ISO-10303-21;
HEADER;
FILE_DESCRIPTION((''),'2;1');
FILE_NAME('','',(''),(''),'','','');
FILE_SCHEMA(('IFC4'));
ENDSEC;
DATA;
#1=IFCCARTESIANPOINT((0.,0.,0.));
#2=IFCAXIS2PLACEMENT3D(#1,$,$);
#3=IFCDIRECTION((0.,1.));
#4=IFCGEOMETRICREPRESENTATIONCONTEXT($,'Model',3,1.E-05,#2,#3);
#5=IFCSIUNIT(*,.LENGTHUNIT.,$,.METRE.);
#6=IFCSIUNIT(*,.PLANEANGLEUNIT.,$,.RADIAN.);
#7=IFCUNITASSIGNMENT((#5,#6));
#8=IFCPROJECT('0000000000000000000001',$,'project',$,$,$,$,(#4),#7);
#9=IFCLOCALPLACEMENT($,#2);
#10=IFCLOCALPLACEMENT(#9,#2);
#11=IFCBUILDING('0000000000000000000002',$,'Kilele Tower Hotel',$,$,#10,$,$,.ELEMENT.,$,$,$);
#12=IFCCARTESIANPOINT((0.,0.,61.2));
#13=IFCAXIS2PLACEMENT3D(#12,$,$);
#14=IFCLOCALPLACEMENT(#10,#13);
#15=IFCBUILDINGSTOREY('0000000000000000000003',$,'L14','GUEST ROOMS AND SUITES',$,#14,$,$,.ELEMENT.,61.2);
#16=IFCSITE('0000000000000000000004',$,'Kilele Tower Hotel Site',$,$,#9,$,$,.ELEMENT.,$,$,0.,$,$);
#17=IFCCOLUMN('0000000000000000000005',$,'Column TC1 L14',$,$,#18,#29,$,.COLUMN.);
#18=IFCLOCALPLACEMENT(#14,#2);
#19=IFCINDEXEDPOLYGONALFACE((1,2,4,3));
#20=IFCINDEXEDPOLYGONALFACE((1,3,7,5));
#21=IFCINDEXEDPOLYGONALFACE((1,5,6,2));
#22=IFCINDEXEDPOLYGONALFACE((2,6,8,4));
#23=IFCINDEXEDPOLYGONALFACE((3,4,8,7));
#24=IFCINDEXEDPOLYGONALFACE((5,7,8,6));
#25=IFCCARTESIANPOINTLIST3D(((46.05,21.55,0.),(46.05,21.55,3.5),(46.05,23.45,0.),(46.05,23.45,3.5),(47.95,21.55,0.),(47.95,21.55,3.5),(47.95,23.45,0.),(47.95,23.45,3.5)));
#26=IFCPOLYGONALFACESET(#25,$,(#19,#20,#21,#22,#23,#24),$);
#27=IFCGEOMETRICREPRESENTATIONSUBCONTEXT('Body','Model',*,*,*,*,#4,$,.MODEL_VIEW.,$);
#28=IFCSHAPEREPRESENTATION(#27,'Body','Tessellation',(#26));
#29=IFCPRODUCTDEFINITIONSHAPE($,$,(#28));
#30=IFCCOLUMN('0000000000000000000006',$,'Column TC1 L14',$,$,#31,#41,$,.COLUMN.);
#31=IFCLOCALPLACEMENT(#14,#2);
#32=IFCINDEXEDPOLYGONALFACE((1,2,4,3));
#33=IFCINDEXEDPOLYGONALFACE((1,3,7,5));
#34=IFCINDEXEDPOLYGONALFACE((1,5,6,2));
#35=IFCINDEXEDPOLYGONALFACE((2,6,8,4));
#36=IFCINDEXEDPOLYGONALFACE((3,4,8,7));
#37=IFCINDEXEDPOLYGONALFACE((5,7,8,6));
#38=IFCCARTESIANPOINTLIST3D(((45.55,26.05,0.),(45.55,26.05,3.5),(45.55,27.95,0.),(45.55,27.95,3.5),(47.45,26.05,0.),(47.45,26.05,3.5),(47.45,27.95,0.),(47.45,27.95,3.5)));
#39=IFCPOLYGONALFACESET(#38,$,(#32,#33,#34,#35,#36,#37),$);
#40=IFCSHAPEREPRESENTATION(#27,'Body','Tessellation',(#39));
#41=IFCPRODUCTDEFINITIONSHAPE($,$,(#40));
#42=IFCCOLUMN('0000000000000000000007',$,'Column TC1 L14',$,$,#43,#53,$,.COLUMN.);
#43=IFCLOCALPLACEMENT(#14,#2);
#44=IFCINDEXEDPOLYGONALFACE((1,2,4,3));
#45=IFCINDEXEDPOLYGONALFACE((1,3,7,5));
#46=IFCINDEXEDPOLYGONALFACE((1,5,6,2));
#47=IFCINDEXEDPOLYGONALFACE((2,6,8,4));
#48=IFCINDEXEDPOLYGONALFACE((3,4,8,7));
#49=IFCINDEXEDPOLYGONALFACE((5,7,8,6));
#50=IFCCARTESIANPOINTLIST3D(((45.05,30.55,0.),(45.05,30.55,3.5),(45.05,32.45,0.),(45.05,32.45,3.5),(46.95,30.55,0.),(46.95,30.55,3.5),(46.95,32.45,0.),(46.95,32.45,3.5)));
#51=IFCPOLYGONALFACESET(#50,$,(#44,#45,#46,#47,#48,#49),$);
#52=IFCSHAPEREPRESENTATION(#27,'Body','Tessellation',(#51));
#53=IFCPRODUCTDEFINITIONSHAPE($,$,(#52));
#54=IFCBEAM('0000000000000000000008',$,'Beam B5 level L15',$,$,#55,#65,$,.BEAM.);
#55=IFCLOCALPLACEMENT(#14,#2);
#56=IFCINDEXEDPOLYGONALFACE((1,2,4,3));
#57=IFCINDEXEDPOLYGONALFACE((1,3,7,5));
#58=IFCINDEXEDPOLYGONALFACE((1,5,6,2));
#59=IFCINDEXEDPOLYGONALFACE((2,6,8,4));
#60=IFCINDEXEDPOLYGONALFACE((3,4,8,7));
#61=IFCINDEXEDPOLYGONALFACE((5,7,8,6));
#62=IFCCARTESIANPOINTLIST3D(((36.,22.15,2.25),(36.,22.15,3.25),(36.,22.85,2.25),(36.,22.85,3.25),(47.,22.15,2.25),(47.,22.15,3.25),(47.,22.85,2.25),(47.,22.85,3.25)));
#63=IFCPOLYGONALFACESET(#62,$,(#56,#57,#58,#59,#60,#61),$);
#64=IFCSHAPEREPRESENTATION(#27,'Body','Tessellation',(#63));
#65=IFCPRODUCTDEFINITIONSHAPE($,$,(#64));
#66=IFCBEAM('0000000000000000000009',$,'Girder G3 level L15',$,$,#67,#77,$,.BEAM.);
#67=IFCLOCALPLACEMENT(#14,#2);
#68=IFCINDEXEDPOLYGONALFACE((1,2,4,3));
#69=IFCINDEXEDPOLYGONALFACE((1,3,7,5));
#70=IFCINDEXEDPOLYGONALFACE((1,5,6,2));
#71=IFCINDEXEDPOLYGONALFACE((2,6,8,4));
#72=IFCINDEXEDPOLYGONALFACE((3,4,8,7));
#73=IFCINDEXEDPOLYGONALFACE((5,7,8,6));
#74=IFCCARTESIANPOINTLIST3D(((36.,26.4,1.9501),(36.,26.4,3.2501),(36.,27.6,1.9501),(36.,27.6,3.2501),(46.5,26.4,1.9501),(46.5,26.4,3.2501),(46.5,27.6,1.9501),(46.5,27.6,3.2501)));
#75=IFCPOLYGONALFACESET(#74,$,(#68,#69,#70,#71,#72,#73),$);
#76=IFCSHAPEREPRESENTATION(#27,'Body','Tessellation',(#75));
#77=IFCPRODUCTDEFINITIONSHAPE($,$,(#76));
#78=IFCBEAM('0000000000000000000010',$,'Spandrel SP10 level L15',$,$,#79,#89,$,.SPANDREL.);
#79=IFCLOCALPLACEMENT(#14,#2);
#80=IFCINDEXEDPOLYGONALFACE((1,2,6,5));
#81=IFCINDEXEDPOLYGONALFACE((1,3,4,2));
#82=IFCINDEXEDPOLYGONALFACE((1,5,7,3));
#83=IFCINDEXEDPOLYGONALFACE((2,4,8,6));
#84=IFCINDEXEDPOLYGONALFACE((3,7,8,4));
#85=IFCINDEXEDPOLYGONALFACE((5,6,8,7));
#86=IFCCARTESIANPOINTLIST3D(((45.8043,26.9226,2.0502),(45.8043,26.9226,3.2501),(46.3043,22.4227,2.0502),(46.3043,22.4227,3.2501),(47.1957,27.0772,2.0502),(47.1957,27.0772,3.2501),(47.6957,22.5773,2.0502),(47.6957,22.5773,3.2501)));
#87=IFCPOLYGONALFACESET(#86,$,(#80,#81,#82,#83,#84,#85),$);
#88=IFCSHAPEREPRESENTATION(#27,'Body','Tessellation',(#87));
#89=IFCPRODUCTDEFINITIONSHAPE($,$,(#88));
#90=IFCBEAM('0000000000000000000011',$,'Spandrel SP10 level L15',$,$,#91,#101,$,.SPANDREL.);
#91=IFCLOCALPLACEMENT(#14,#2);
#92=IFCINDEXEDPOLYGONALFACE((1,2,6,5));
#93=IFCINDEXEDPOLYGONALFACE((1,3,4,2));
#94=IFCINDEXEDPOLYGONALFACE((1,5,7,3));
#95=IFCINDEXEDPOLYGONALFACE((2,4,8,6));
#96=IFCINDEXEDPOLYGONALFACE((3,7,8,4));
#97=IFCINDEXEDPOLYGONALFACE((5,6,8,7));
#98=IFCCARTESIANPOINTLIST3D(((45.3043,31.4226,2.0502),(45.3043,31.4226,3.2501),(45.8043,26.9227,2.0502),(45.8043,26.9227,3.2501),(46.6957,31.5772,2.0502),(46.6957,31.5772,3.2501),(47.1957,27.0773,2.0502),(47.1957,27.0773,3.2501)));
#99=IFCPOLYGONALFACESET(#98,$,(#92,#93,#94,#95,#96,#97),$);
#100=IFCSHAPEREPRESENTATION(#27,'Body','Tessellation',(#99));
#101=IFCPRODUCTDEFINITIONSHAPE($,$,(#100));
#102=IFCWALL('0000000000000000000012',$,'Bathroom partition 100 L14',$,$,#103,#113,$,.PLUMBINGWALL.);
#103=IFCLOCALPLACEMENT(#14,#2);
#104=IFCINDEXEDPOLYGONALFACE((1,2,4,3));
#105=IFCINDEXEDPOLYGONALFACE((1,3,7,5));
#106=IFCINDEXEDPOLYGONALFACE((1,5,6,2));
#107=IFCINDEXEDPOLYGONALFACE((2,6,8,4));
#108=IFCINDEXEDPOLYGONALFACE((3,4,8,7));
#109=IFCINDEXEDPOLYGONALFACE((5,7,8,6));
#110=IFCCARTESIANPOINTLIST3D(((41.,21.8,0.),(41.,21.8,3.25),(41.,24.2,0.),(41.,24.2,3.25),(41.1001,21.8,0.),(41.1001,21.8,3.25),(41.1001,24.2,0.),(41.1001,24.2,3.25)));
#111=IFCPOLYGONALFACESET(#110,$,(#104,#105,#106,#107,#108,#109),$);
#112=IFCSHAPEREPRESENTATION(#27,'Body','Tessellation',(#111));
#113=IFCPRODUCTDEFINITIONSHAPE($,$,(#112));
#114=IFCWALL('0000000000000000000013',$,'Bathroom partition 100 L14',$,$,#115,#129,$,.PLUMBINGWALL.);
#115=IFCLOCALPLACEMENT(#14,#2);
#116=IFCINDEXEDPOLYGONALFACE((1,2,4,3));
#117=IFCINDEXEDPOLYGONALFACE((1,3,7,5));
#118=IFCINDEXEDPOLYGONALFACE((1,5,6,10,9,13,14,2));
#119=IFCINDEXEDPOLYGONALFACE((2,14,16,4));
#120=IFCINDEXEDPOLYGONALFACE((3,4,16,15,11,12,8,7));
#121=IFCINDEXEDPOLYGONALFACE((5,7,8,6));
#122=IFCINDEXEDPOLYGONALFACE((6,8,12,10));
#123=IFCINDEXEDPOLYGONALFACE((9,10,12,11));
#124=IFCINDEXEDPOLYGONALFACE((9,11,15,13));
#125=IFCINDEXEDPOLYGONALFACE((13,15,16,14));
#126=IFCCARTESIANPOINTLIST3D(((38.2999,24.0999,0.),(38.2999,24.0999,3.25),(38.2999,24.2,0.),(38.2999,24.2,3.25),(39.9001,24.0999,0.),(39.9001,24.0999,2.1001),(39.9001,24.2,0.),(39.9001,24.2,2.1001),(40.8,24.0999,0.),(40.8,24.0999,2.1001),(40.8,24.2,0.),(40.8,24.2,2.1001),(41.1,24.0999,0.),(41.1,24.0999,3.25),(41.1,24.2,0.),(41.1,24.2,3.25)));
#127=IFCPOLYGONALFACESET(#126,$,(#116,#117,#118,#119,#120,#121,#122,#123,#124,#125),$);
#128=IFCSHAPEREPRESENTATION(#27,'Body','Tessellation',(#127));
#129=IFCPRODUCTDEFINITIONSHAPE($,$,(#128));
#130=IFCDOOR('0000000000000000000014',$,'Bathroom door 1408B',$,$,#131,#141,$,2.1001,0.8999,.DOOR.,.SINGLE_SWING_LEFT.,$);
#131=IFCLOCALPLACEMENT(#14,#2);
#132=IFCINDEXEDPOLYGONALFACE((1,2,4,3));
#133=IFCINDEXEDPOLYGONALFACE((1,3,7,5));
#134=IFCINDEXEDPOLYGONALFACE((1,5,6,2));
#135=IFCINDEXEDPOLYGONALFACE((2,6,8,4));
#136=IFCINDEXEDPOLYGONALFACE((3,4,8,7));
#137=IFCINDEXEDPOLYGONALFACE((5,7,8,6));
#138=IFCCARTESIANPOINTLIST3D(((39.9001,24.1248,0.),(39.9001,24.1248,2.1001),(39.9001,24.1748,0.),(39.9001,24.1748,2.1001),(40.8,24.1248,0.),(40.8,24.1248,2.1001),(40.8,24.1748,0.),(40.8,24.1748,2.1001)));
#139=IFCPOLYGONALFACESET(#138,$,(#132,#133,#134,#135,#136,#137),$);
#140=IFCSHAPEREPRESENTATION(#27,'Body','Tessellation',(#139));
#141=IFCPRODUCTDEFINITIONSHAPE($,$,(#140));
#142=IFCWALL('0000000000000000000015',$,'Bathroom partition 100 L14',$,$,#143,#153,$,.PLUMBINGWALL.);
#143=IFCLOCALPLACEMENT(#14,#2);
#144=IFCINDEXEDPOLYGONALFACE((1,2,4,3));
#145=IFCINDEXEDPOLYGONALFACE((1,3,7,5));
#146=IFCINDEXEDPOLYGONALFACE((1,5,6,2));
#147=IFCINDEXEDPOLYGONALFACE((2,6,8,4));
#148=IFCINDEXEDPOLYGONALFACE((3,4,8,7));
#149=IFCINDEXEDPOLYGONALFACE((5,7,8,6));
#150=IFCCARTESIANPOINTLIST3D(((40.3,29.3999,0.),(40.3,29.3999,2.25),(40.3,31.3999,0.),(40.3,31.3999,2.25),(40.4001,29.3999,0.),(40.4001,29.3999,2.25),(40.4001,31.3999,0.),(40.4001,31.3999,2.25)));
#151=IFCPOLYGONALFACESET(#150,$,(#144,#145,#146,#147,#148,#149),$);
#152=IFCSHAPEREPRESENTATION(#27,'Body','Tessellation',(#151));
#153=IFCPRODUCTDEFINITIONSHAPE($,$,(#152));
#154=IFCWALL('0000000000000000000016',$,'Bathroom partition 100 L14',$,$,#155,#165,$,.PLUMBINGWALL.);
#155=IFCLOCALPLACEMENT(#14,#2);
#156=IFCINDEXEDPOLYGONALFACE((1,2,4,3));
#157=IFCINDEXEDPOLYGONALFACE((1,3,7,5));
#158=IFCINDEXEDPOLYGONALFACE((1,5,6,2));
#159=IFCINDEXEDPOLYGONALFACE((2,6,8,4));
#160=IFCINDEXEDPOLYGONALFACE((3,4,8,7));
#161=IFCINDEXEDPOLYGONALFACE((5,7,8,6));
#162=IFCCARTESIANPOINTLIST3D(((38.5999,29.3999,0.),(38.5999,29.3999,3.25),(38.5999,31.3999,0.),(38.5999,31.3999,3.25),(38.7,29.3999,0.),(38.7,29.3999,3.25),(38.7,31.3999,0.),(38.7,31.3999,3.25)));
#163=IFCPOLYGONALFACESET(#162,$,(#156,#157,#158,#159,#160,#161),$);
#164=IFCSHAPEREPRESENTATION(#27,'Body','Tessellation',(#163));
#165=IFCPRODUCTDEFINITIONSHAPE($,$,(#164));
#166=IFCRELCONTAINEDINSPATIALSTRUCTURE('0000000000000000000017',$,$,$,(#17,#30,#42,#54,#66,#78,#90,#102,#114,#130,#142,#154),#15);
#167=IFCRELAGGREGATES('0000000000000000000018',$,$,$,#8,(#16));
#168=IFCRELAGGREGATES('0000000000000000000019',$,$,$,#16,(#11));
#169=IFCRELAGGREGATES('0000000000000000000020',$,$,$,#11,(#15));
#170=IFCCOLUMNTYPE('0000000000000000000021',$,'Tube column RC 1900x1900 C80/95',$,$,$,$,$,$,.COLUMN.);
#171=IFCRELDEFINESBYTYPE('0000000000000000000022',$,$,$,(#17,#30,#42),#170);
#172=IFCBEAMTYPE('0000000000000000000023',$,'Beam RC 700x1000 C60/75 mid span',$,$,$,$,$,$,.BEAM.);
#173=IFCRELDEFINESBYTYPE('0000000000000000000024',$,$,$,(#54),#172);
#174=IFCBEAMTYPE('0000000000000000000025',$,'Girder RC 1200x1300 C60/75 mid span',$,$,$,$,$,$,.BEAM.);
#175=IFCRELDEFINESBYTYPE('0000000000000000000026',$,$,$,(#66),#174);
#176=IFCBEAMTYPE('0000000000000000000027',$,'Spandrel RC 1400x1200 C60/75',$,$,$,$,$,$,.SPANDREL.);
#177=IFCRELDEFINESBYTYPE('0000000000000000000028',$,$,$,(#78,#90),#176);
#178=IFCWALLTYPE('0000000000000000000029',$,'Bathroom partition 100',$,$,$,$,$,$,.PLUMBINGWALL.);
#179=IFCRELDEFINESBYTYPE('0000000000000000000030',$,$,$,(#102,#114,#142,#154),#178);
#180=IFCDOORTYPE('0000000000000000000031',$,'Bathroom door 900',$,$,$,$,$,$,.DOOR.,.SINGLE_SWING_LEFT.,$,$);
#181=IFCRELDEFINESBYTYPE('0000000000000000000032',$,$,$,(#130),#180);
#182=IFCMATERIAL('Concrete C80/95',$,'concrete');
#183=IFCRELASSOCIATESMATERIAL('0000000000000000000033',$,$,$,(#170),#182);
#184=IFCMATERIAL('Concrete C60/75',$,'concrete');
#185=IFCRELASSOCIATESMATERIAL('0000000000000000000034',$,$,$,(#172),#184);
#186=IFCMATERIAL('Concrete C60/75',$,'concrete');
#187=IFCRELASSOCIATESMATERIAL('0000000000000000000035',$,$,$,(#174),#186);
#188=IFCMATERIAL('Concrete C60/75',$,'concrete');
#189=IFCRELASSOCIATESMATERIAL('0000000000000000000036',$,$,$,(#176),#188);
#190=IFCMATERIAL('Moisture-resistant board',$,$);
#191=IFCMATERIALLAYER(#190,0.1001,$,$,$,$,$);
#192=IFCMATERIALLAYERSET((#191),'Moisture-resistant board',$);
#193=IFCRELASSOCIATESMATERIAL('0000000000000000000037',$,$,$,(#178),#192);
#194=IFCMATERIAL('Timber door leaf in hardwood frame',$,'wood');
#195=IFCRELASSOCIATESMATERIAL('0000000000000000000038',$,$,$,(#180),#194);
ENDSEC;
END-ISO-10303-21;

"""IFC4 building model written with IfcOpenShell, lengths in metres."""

from ifc_helpers import new_model, si_unit, direction, frame, frame_2d, origin, origin_2d, place, context, subcontext, project, spatial, rectangle, extrude, material, layer, layer_set, material_profile, profile_set, type_object, element, fill, save


model = new_model("IFC4")

# Units and contexts
model_context = context("Model", 3, precision=1e-05, world=origin(), true_north=direction((0.0, 1.0)))
body_context = subcontext(model_context, "Body", "Model", "MODEL_VIEW")
ifc_project = project(units=[si_unit("LENGTHUNIT", "METRE"), si_unit("PLANEANGLEUNIT", "RADIAN")], contexts=[model_context])

# Site, building, storey
site_placement = place(None, origin())
site = spatial("IfcSite", under=ifc_project, at=site_placement, Name="Kilele Tower Hotel Site", CompositionType="ELEMENT", RefElevation=0.0)
building_placement = place(site_placement, origin())
building = spatial("IfcBuilding", under=site, at=building_placement, Name="Kilele Tower Hotel", CompositionType="ELEMENT")
storey_placement = place(building_placement, frame((0.0, 0.0, 61.2)))
storey = spatial("IfcBuildingStorey", under=building, at=storey_placement, Name="L14", Description="GUEST ROOMS AND SUITES", CompositionType="ELEMENT", Elevation=61.2)

# Columns
ifc_material_1 = material(Name="Concrete C80/95", Category="concrete")
ifc_material_profile_1 = material_profile(ifc_material_1, rectangle(XDim=1.8999, YDim=1.8999, at=origin_2d()))
ifc_profile_set_1 = profile_set([ifc_material_profile_1], Name="Concrete C80/95")
column_type = type_object("IfcColumnType", Name="Tube column RC 1900x1900 C80/95", PredefinedType="COLUMN", material=ifc_profile_set_1)
for number, where, z_axis, x_axis, name in (
    (1, (47.0, 22.5, 0.0), (0.0, 0.0, 1.0), (1.0, 0.0, 0.0), "Column TC1 L14"),
    (2, (46.5, 27.0, 0.0), (0.0, 0.0, 1.0), (1.0, 0.0, 0.0), "Column TC1 L14"),
    (3, (46.0, 31.5, 0.0), (0.0, 0.0, 1.0), (1.0, 0.0, 0.0), "Column TC1 L14"),
):
    element("IfcColumn", number, at=place(storey_placement, frame(where, z_axis=z_axis, x_axis=x_axis)), inside=storey, type_object=column_type, Name=name, PredefinedType="COLUMN", context=body_context, shape_type="SweptSolid", body=[
        extrude(rectangle(XDim=1.8999, YDim=1.8999, at=origin_2d()), origin(), (0.0, 0.0, 1.0), 3.5),
    ])

# Beams
ifc_material_2 = material(Name="Concrete C60/75", Category="concrete")
ifc_material_profile_2 = material_profile(ifc_material_2, rectangle(XDim=0.7, YDim=1.0, at=origin_2d()))
ifc_profile_set_2 = profile_set([ifc_material_profile_2], Name="Concrete C60/75")
beam_type_1 = type_object("IfcBeamType", Name="Beam RC 700x1000 C60/75 mid span", PredefinedType="BEAM", material=ifc_profile_set_2)
beam_1_placement = place(storey_placement, frame((47.0, 22.5, 2.75), z_axis=(-1.0, 0.0, 0.0), x_axis=(0.0, -1.0, 0.0)))
element("IfcBeam", 4, at=beam_1_placement, inside=storey, type_object=beam_type_1, Name="Beam B5 level L15", PredefinedType="BEAM", context=body_context, shape_type="SweptSolid", body=[
    extrude(rectangle(XDim=0.7, YDim=1.0, at=origin_2d()), origin(), (0.0, 0.0, 1.0), 11.0),
])
ifc_material_3 = material(Name="Concrete C60/75", Category="concrete")
ifc_material_profile_3 = material_profile(ifc_material_3, rectangle(XDim=1.2, YDim=1.3, at=origin_2d()))
ifc_profile_set_3 = profile_set([ifc_material_profile_3], Name="Concrete C60/75")
beam_type_2 = type_object("IfcBeamType", Name="Girder RC 1200x1300 C60/75 mid span", PredefinedType="BEAM", material=ifc_profile_set_3)
beam_2_placement = place(storey_placement, frame((46.5, 27.0, 2.6001), z_axis=(-1.0, 0.0, 0.0), x_axis=(0.0, -1.0, 0.0)))
element("IfcBeam", 5, at=beam_2_placement, inside=storey, type_object=beam_type_2, Name="Girder G3 level L15", PredefinedType="BEAM", context=body_context, shape_type="SweptSolid", body=[
    extrude(rectangle(XDim=1.2, YDim=1.3, at=origin_2d()), origin(), (0.0, 0.0, 1.0), 10.5),
])
ifc_material_4 = material(Name="Concrete C60/75", Category="concrete")
ifc_material_profile_4 = material_profile(ifc_material_4, rectangle(XDim=1.3999, YDim=1.2, at=origin_2d()))
ifc_profile_set_4 = profile_set([ifc_material_profile_4], Name="Concrete C60/75")
beam_type_3 = type_object("IfcBeamType", Name="Spandrel RC 1400x1200 C60/75", PredefinedType="SPANDREL", material=ifc_profile_set_4)
for number, where, z_axis, x_axis, name in (
    (6, (47.0, 22.5, 2.6501), (-0.110432, 0.993884, 0.0), (-0.993884, -0.110432, 0.0), "Spandrel SP10 level L15"),
    (7, (46.5, 27.0, 2.6501), (-0.110432, 0.993884, 0.0), (-0.993884, -0.110432, 0.0), "Spandrel SP10 level L15"),
):
    element("IfcBeam", number, at=place(storey_placement, frame(where, z_axis=z_axis, x_axis=x_axis)), inside=storey, type_object=beam_type_3, Name=name, PredefinedType="SPANDREL", context=body_context, shape_type="SweptSolid", body=[
        extrude(rectangle(XDim=1.3999, YDim=1.2, at=origin_2d()), origin(), (0.0, 0.0, 1.0), 4.5276),
    ])

# Wall
ifc_material_5 = material(Name="Moisture-resistant board")
ifc_layer_1 = layer(ifc_material_5, 0.1001)
ifc_layer_set_1 = layer_set([ifc_layer_1], Name="Moisture-resistant board")
wall_type_1 = type_object("IfcWallType", Name="Bathroom partition 100", PredefinedType="PLUMBINGWALL", material=ifc_layer_set_1)
wall_1_placement = place(storey_placement, frame((41.05, 21.8, 0.0), z_axis=(0.0, 0.0, 1.0), x_axis=(0.0, 1.0, 0.0)))
element("IfcWall", 8, at=wall_1_placement, inside=storey, type_object=wall_type_1, Name="Bathroom partition 100 L14", PredefinedType="PLUMBINGWALL", context=body_context, shape_type="SweptSolid", body=[
    extrude(rectangle(XDim=2.3999, YDim=0.1001, at=frame_2d((1.2, 0.0))), origin(), (0.0, 0.0, 1.0), 3.25),
])

# Wall, opening, door
wall_2_placement = place(storey_placement, frame((38.3, 24.1499, 0.0), z_axis=(0.0, 0.0, 1.0), x_axis=(1.0, 0.0, 0.0)))
wall_2 = element("IfcWall", 9, at=wall_2_placement, inside=storey, type_object=wall_type_1, Name="Bathroom partition 100 L14", PredefinedType="PLUMBINGWALL", context=body_context, shape_type="SweptSolid", body=[
    extrude(rectangle(XDim=2.8, YDim=0.1001, at=frame_2d((1.3999, 0.0))), origin(), (0.0, 0.0, 1.0), 3.25),
])
opening_1_placement = place(wall_2_placement, frame((1.6001, 0.0, 0.0)))
opening_1 = element("IfcOpeningElement", 10, at=opening_1_placement, cuts=wall_2, PredefinedType="OPENING", context=body_context, shape_type="SweptSolid", body=[
    extrude(rectangle(XDim=0.8999, YDim=2.1001, at=frame_2d((0.45, 1.05))), frame((0.0, 0.0601, 0.0), z_axis=(0.0, -1.0, 0.0), x_axis=(1.0, 0.0, 0.0)), (0.0, 0.0, 1.0), 0.1201),
])
ifc_material_6 = material(Name="Timber door leaf in hardwood frame", Category="wood")
door_type_1 = type_object("IfcDoorType", Name="Bathroom door 900", OperationType="SINGLE_SWING_LEFT", PredefinedType="DOOR", material=ifc_material_6)
door_1_placement = place(opening_1_placement, origin())
door_1 = element("IfcDoor", 11, at=door_1_placement, inside=storey, type_object=door_type_1, Name="Bathroom door 1408B", OperationType="SINGLE_SWING_LEFT", OverallHeight=2.1001, OverallWidth=0.8999, PredefinedType="DOOR", context=body_context, shape_type="SweptSolid", body=[
    extrude(rectangle(XDim=0.8999, YDim=2.1001, at=frame_2d((0.45, 1.05))), frame((0.0, 0.0249, 0.0), z_axis=(0.0, -1.0, 0.0), x_axis=(1.0, 0.0, 0.0)), (0.0, 0.0, 1.0), 0.05),
])
fill(opening_1, door_1)

# Walls
wall_3_placement = place(storey_placement, frame((40.3501, 31.3999, 0.0), z_axis=(0.0, 0.0, 1.0), x_axis=(0.0, -1.0, 0.0)))
element("IfcWall", 12, at=wall_3_placement, inside=storey, type_object=wall_type_1, Name="Bathroom partition 100 L14", PredefinedType="PLUMBINGWALL", context=body_context, shape_type="SweptSolid", body=[
    extrude(rectangle(XDim=2.0, YDim=0.1001, at=frame_2d((1.0, 0.0))), origin(), (0.0, 0.0, 1.0), 2.25),
])
wall_4_placement = place(storey_placement, frame((38.6499, 31.3999, 0.0), z_axis=(0.0, 0.0, 1.0), x_axis=(0.0, -1.0, 0.0)))
element("IfcWall", 13, at=wall_4_placement, inside=storey, type_object=wall_type_1, Name="Bathroom partition 100 L14", PredefinedType="PLUMBINGWALL", context=body_context, shape_type="SweptSolid", body=[
    extrude(rectangle(XDim=2.0, YDim=0.1001, at=frame_2d((1.0, 0.0))), origin(), (0.0, 0.0, 1.0), 3.25),
])

save(model, "model.ifc")
